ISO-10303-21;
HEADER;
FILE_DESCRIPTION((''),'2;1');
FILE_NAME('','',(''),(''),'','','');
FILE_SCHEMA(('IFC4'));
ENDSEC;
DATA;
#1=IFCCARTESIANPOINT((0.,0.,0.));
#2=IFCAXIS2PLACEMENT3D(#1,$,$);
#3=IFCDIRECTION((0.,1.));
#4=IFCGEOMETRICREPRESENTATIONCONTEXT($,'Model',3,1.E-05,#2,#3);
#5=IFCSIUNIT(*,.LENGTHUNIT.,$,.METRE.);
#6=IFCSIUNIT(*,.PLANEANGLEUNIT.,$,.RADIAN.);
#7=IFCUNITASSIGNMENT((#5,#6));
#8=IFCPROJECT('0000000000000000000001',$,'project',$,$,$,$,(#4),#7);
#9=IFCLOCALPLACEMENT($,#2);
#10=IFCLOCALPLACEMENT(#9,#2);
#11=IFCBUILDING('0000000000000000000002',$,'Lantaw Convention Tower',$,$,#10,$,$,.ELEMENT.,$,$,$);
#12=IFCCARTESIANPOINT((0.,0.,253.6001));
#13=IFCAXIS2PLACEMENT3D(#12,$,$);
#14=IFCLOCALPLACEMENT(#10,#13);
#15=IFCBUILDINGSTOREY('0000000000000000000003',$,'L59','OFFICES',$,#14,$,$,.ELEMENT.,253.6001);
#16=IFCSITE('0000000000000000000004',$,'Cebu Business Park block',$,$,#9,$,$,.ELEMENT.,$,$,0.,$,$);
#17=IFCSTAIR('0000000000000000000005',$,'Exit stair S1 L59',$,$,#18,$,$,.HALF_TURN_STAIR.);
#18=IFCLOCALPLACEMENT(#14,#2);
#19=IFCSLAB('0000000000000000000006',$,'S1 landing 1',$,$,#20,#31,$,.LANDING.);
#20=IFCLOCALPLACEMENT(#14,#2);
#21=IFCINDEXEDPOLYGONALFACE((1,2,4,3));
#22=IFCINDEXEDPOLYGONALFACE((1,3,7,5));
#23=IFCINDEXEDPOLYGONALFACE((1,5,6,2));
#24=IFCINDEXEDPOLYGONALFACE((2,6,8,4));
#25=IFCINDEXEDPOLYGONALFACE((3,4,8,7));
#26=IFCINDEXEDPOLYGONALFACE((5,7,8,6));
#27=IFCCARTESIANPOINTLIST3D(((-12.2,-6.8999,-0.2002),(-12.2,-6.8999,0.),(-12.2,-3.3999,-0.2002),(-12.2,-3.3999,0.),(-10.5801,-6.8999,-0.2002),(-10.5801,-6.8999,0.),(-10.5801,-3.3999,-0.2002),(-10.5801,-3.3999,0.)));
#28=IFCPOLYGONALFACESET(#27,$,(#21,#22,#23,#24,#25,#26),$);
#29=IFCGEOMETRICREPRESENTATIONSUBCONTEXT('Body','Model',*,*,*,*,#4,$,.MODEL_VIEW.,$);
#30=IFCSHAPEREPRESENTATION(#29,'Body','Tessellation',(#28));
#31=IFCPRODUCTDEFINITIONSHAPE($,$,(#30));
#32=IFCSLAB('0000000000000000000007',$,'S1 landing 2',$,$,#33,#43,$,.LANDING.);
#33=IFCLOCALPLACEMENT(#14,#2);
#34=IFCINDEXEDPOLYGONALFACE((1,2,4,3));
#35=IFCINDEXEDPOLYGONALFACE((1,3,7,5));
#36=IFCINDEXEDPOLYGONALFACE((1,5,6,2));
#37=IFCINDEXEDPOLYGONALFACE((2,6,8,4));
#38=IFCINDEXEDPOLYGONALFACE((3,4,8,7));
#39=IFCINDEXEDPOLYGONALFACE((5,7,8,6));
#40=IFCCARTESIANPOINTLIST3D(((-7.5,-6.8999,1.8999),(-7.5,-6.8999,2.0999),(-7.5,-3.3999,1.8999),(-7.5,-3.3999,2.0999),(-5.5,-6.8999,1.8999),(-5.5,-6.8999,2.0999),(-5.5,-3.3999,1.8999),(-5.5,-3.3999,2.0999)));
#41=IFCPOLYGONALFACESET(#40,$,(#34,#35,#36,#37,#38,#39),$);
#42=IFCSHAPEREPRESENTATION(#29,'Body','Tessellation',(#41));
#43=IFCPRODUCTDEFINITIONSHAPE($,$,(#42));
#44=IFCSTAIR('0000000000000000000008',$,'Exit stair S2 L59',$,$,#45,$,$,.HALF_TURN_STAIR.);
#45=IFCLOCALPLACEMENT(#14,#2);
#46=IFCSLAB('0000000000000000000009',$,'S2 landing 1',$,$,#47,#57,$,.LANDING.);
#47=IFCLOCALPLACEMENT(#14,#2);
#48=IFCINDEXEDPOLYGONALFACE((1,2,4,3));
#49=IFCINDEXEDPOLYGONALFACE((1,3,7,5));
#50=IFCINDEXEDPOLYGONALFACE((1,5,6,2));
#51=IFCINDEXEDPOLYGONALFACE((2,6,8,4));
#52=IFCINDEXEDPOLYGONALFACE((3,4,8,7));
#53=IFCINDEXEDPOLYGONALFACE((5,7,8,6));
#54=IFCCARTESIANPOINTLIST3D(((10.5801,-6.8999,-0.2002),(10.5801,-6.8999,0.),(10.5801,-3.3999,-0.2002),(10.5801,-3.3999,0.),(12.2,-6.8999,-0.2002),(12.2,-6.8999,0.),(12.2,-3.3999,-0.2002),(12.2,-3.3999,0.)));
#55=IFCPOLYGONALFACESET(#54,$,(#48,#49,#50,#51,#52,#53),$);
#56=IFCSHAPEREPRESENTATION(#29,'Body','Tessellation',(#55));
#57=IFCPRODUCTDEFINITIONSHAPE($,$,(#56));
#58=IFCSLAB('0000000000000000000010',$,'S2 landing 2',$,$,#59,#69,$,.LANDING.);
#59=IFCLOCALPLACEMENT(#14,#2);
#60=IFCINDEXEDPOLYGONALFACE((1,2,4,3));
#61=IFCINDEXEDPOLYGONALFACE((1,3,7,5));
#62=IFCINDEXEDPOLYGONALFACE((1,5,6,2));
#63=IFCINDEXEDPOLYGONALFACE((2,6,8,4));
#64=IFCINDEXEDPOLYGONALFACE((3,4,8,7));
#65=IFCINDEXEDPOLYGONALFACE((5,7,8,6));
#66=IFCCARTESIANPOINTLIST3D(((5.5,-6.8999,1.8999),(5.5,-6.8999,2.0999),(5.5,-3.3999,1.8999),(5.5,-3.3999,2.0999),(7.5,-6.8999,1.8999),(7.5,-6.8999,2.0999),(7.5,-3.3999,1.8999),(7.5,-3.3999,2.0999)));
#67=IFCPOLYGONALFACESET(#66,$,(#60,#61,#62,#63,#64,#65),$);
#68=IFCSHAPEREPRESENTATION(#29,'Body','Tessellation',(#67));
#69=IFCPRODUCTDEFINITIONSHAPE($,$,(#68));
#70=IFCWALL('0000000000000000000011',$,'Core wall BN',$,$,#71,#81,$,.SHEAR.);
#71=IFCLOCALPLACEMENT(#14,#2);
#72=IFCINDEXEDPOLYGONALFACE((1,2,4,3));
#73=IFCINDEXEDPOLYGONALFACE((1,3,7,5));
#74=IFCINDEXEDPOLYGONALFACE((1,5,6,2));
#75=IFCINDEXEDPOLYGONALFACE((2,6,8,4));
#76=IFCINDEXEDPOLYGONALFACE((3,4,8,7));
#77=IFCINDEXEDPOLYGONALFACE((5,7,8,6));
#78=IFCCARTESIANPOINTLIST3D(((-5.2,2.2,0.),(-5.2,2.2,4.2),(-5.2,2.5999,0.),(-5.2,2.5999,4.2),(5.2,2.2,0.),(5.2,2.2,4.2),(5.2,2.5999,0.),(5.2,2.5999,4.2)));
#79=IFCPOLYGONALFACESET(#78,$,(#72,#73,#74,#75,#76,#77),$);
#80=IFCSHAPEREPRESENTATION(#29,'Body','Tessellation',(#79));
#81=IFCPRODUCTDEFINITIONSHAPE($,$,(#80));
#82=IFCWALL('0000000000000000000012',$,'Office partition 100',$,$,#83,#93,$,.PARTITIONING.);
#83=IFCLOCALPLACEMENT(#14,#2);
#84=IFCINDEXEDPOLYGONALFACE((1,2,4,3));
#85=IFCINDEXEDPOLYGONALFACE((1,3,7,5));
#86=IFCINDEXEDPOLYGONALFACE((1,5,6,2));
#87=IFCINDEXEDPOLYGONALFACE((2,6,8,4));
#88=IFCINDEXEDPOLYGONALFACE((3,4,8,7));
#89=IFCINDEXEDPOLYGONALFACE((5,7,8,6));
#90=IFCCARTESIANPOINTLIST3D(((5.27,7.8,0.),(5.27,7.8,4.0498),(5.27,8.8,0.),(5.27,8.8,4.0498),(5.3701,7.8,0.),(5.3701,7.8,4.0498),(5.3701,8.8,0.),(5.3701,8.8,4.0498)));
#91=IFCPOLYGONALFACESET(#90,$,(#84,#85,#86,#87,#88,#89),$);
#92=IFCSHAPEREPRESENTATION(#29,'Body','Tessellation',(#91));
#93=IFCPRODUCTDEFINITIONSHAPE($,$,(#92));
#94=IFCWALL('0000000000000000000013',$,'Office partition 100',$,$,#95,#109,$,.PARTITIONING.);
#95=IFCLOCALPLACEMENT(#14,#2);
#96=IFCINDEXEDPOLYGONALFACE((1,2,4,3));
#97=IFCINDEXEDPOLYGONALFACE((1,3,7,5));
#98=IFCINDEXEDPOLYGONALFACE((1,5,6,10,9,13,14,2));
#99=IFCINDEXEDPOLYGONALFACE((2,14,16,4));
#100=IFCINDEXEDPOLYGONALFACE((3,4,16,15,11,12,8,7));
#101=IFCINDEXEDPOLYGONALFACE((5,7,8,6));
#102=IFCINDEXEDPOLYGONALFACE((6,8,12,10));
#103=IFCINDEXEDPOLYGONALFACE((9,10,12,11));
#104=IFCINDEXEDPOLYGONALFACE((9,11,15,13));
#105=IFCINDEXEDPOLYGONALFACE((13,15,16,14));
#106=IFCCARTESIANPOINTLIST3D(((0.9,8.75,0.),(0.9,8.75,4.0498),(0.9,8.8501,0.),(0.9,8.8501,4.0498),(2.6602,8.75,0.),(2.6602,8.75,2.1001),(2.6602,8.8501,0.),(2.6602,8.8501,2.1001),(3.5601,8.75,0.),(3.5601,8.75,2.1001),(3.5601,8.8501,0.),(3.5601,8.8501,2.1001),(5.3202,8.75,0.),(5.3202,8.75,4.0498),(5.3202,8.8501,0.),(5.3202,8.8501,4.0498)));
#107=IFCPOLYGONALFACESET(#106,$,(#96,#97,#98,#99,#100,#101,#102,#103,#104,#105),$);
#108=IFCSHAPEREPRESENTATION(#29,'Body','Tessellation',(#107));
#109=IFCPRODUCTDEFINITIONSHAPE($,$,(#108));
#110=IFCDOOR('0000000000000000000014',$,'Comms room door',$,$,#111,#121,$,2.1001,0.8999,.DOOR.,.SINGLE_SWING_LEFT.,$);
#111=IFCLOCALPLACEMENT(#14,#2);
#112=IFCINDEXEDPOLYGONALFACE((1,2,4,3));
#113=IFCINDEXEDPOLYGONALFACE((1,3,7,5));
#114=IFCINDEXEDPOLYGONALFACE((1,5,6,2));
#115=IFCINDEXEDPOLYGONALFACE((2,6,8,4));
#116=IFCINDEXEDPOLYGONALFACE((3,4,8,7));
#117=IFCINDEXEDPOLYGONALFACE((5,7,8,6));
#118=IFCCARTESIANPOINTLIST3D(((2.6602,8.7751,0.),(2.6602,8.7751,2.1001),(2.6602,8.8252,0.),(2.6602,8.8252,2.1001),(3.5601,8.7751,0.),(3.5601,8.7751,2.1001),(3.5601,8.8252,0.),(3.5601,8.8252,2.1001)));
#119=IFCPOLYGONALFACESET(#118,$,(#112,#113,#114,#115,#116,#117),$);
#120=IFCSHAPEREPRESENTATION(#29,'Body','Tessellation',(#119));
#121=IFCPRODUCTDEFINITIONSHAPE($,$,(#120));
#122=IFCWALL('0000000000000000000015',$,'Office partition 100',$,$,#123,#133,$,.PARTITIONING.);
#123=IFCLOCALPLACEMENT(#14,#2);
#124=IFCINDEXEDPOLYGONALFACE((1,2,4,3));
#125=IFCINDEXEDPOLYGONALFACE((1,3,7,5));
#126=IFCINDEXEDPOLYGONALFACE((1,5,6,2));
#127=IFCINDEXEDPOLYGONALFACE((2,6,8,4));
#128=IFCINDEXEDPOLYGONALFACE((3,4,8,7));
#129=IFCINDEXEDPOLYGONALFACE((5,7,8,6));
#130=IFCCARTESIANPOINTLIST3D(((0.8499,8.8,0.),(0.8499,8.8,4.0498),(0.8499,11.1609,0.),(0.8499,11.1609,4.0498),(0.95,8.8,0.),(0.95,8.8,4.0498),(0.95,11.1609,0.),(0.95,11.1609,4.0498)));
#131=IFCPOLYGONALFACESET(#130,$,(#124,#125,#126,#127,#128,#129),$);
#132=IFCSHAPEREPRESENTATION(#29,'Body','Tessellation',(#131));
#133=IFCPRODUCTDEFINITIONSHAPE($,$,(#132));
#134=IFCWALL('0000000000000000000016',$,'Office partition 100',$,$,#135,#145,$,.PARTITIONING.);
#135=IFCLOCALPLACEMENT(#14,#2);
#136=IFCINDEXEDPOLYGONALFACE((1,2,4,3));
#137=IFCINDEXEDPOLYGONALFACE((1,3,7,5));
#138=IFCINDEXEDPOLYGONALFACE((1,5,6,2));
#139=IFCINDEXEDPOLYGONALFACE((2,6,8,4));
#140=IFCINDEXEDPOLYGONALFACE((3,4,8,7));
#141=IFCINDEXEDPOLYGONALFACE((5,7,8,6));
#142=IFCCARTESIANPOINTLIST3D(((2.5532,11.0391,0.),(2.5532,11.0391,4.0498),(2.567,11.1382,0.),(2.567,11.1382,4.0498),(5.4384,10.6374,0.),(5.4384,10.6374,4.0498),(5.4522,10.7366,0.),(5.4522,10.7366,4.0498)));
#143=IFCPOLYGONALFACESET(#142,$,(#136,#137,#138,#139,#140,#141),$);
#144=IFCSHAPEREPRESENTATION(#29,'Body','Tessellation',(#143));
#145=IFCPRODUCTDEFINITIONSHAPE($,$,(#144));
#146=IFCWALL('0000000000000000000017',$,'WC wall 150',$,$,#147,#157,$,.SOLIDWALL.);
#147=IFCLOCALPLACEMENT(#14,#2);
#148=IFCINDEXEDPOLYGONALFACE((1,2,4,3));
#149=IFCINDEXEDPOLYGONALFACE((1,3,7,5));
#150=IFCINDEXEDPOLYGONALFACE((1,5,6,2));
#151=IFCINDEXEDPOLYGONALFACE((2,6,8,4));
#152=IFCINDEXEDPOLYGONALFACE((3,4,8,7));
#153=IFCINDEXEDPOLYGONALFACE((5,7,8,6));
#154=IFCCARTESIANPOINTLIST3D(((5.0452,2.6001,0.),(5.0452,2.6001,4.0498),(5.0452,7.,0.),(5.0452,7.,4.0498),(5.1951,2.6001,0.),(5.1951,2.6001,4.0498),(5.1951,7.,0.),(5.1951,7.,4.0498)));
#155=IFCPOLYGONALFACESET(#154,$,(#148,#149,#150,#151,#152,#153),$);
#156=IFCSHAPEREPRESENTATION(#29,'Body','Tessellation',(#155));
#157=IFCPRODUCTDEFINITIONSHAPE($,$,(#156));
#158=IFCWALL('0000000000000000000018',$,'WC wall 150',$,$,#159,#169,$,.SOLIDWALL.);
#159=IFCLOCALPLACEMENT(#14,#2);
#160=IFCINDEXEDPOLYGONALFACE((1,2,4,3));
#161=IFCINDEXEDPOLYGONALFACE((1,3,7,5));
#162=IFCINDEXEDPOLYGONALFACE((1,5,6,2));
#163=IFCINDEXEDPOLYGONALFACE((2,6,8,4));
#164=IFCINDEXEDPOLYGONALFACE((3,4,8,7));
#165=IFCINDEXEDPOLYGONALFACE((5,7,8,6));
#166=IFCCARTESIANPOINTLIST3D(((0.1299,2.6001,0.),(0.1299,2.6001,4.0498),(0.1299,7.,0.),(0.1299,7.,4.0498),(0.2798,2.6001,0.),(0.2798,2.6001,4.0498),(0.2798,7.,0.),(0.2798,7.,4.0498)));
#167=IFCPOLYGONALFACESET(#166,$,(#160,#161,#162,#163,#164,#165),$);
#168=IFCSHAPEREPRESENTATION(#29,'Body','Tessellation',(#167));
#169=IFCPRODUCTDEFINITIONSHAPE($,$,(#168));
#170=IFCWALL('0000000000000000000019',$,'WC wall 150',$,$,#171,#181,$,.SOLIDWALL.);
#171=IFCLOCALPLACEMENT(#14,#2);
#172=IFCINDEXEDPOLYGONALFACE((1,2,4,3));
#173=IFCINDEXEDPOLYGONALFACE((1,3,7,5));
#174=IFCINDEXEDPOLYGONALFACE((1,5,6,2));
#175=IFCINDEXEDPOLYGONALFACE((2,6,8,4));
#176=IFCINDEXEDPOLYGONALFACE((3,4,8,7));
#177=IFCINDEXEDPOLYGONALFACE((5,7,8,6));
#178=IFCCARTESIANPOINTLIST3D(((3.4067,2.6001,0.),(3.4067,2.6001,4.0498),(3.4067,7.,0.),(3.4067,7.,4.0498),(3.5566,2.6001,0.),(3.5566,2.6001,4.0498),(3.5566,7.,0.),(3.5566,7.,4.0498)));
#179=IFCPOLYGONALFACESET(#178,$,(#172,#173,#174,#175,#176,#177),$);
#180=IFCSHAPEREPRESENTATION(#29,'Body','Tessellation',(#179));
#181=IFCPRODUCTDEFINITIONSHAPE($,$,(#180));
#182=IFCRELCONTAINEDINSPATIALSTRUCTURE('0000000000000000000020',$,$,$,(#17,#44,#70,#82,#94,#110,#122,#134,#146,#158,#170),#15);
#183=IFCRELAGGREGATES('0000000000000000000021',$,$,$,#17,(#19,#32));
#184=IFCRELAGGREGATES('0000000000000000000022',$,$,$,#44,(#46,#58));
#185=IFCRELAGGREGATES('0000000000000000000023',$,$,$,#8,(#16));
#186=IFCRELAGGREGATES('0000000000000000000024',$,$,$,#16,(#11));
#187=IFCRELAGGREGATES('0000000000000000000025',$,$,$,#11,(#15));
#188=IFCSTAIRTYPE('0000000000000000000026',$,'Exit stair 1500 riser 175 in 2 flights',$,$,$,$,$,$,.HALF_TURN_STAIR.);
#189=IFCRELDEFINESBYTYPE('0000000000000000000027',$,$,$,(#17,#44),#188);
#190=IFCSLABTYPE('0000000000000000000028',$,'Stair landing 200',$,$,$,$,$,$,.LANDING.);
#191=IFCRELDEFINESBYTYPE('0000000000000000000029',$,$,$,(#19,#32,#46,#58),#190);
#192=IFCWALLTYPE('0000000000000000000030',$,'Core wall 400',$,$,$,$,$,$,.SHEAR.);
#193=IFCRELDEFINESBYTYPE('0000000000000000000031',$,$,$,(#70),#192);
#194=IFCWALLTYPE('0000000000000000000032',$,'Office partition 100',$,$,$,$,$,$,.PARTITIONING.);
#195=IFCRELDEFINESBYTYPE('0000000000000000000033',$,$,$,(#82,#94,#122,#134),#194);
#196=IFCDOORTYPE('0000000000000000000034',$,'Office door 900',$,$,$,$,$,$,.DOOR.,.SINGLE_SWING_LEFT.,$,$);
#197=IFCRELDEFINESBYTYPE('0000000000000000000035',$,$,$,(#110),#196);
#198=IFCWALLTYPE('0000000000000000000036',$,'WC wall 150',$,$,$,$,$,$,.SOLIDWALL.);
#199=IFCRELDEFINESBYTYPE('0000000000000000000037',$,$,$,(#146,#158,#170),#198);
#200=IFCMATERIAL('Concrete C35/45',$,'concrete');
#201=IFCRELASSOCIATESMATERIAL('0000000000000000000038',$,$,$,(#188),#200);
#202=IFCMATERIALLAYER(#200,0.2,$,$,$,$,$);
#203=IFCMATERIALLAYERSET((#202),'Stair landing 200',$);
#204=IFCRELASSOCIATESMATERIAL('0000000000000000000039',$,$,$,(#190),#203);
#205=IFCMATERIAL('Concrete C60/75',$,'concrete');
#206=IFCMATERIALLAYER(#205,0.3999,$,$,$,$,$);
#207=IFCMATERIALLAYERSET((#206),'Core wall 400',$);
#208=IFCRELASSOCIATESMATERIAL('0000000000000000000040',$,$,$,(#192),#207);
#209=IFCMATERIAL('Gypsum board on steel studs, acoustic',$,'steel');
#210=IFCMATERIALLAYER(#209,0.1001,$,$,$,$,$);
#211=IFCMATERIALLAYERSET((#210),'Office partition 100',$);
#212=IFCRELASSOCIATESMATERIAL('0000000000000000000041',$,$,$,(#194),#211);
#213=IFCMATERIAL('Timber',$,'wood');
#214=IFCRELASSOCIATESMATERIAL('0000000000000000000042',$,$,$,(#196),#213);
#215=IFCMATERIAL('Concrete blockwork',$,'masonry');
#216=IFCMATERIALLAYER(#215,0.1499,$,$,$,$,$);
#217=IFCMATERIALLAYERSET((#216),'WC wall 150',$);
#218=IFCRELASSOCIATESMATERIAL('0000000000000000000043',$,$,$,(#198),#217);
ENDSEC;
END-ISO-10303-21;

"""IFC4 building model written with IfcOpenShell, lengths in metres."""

from ifc_helpers import new_model, si_unit, direction, frame, frame_2d, origin, place, context, subcontext, project, spatial, polyline, rectangle, outline, extrude, material, layer, layer_set, type_object, element, fill, aggregate, save


model = new_model("IFC4")

# Units and contexts
model_context = context("Model", 3, precision=1e-05, world=origin(), true_north=direction((0.0, 1.0)))
body_context = subcontext(model_context, "Body", "Model", "MODEL_VIEW")
ifc_project = project(units=[si_unit("LENGTHUNIT", "METRE"), si_unit("PLANEANGLEUNIT", "RADIAN")], contexts=[model_context])

# Site, building, storey
site_placement = place(None, origin())
site = spatial("IfcSite", under=ifc_project, at=site_placement, Name="Cebu Business Park block", CompositionType="ELEMENT", RefElevation=0.0)
building_placement = place(site_placement, origin())
building = spatial("IfcBuilding", under=site, at=building_placement, Name="Lantaw Convention Tower", CompositionType="ELEMENT")
storey_placement = place(building_placement, frame((0.0, 0.0, 253.6001)))
storey = spatial("IfcBuildingStorey", under=building, at=storey_placement, Name="L59", Description="OFFICES", CompositionType="ELEMENT", Elevation=253.6001)

# Stairs, slabs
ifc_material_1 = material(Name="Concrete C35/45", Category="concrete")
stair_type = type_object("IfcStairType", Name="Exit stair 1500 riser 175 in 2 flights", PredefinedType="HALF_TURN_STAIR", material=ifc_material_1)
stair_1_placement = place(storey_placement, origin())
stair_1 = element("IfcStair", 1, at=stair_1_placement, inside=storey, type_object=stair_type, Name="Exit stair S1 L59", PredefinedType="HALF_TURN_STAIR")
ifc_layer_1 = layer(ifc_material_1, 0.2)
ifc_layer_set_1 = layer_set([ifc_layer_1], Name="Stair landing 200")
slab_type = type_object("IfcSlabType", Name="Stair landing 200", PredefinedType="LANDING", material=ifc_layer_set_1)
slab_1_placement = place(storey_placement, frame((0.0, 0.0, -0.2002)))
slab_1 = element("IfcSlab", 2, at=slab_1_placement, type_object=slab_type, Name="S1 landing 1", PredefinedType="LANDING", context=body_context, shape_type="SweptSolid", body=[
    extrude(outline(polyline([(-12.2, -6.8999), (-10.5801, -6.8999), (-10.5801, -3.3999), (-12.2, -3.3999), (-12.2, -6.8999)])), origin(), (0.0, 0.0, 1.0), 0.2002),
])
slab_2_placement = place(storey_placement, frame((0.0, 0.0, 1.8999)))
slab_2 = element("IfcSlab", 3, at=slab_2_placement, type_object=slab_type, Name="S1 landing 2", PredefinedType="LANDING", context=body_context, shape_type="SweptSolid", body=[
    extrude(outline(polyline([(-7.5, -6.8999), (-5.5, -6.8999), (-5.5, -3.3999), (-7.5, -3.3999), (-7.5, -6.8999)])), origin(), (0.0, 0.0, 1.0), 0.2),
])
aggregate(stair_1, [slab_1, slab_2])
stair_2_placement = place(storey_placement, origin())
stair_2 = element("IfcStair", 4, at=stair_2_placement, inside=storey, type_object=stair_type, Name="Exit stair S2 L59", PredefinedType="HALF_TURN_STAIR")
slab_3_placement = place(storey_placement, frame((0.0, 0.0, -0.2002)))
slab_3 = element("IfcSlab", 5, at=slab_3_placement, type_object=slab_type, Name="S2 landing 1", PredefinedType="LANDING", context=body_context, shape_type="SweptSolid", body=[
    extrude(outline(polyline([(10.5801, -6.8999), (12.2, -6.8999), (12.2, -3.3999), (10.5801, -3.3999), (10.5801, -6.8999)])), origin(), (0.0, 0.0, 1.0), 0.2002),
])
slab_4_placement = place(storey_placement, frame((0.0, 0.0, 1.8999)))
slab_4 = element("IfcSlab", 6, at=slab_4_placement, type_object=slab_type, Name="S2 landing 2", PredefinedType="LANDING", context=body_context, shape_type="SweptSolid", body=[
    extrude(outline(polyline([(5.5, -6.8999), (7.5, -6.8999), (7.5, -3.3999), (5.5, -3.3999), (5.5, -6.8999)])), origin(), (0.0, 0.0, 1.0), 0.2),
])
aggregate(stair_2, [slab_3, slab_4])

# Walls
ifc_material_2 = material(Name="Concrete C60/75", Category="concrete")
ifc_layer_2 = layer(ifc_material_2, 0.3999)
ifc_layer_set_2 = layer_set([ifc_layer_2], Name="Core wall 400")
wall_type_1 = type_object("IfcWallType", Name="Core wall 400", PredefinedType="SHEAR", material=ifc_layer_set_2)
wall_1_placement = place(storey_placement, frame((5.2, 2.3999, 0.0), z_axis=(0.0, 0.0, 1.0), x_axis=(-1.0, 0.0, 0.0)))
element("IfcWall", 7, at=wall_1_placement, inside=storey, type_object=wall_type_1, Name="Core wall BN", PredefinedType="SHEAR", context=body_context, shape_type="SweptSolid", body=[
    extrude(rectangle(XDim=10.3999, YDim=0.3999, at=frame_2d((5.2, 0.0))), origin(), (0.0, 0.0, 1.0), 4.2),
])
ifc_material_3 = material(Name="Gypsum board on steel studs, acoustic", Category="steel")
ifc_layer_3 = layer(ifc_material_3, 0.1001)
ifc_layer_set_3 = layer_set([ifc_layer_3], Name="Office partition 100")
wall_type_2 = type_object("IfcWallType", Name="Office partition 100", PredefinedType="PARTITIONING", material=ifc_layer_set_3)
wall_2_placement = place(storey_placement, frame((5.3201, 7.8, 0.0), z_axis=(0.0, 0.0, 1.0), x_axis=(0.0, 1.0, 0.0)))
element("IfcWall", 8, at=wall_2_placement, inside=storey, type_object=wall_type_2, Name="Office partition 100", PredefinedType="PARTITIONING", context=body_context, shape_type="SweptSolid", body=[
    extrude(rectangle(XDim=1.0, YDim=0.1001, at=frame_2d((0.5, 0.0))), origin(), (0.0, 0.0, 1.0), 4.0498),
])

# Wall, opening, door
wall_3_placement = place(storey_placement, frame((5.3201, 8.8, 0.0), z_axis=(0.0, 0.0, 1.0), x_axis=(-1.0, 0.0, 0.0)))
wall_3 = element("IfcWall", 9, at=wall_3_placement, inside=storey, type_object=wall_type_2, Name="Office partition 100", PredefinedType="PARTITIONING", context=body_context, shape_type="SweptSolid", body=[
    extrude(rectangle(XDim=4.4202, YDim=0.1001, at=frame_2d((2.21, 0.0))), origin(), (0.0, 0.0, 1.0), 4.0498),
])
opening_placement = place(wall_3_placement, frame((1.76, 0.0, 0.0)))
opening = element("IfcOpeningElement", 10, at=opening_placement, cuts=wall_3, PredefinedType="OPENING", context=body_context, shape_type="SweptSolid", body=[
    extrude(rectangle(XDim=0.8999, YDim=2.1001, at=frame_2d((0.45, 1.05))), frame((0.0, 0.0601, 0.0), z_axis=(0.0, -1.0, 0.0), x_axis=(1.0, 0.0, 0.0)), (0.0, 0.0, 1.0), 0.1201),
])
ifc_material_4 = material(Name="Timber", Category="wood")
door_type = type_object("IfcDoorType", Name="Office door 900", OperationType="SINGLE_SWING_LEFT", PredefinedType="DOOR", material=ifc_material_4)
door_placement = place(opening_placement, origin())
door = element("IfcDoor", 11, at=door_placement, inside=storey, type_object=door_type, Name="Comms room door", OperationType="SINGLE_SWING_LEFT", OverallHeight=2.1001, OverallWidth=0.8999, PredefinedType="DOOR", context=body_context, shape_type="SweptSolid", body=[
    extrude(rectangle(XDim=0.8999, YDim=2.1001, at=frame_2d((0.45, 1.05))), frame((0.0, 0.0249, 0.0), z_axis=(0.0, -1.0, 0.0), x_axis=(1.0, 0.0, 0.0)), (0.0, 0.0, 1.0), 0.05),
])
fill(opening, door)

# Walls
wall_4_placement = place(storey_placement, frame((0.8999, 8.8, 0.0), z_axis=(0.0, 0.0, 1.0), x_axis=(0.0, 1.0, 0.0)))
element("IfcWall", 12, at=wall_4_placement, inside=storey, type_object=wall_type_2, Name="Office partition 100", PredefinedType="PARTITIONING", context=body_context, shape_type="SweptSolid", body=[
    extrude(rectangle(XDim=2.3608, YDim=0.1001, at=frame_2d((1.1804, 0.0))), origin(), (0.0, 0.0, 1.0), 4.0498),
])
wall_5_placement = place(storey_placement, frame((2.5601, 11.0886, 0.0), z_axis=(0.0, 0.0, 1.0), x_axis=(0.990451, -0.137865, 0.0)))
element("IfcWall", 13, at=wall_5_placement, inside=storey, type_object=wall_type_2, Name="Office partition 100", PredefinedType="PARTITIONING", context=body_context, shape_type="SweptSolid", body=[
    extrude(rectangle(XDim=2.9131, YDim=0.1001, at=frame_2d((1.4565, 0.0))), origin(), (0.0, 0.0, 1.0), 4.0498),
])
ifc_material_5 = material(Name="Concrete blockwork", Category="masonry")
ifc_layer_4 = layer(ifc_material_5, 0.1499)
ifc_layer_set_4 = layer_set([ifc_layer_4], Name="WC wall 150")
wall_type_3 = type_object("IfcWallType", Name="WC wall 150", PredefinedType="SOLIDWALL", material=ifc_layer_set_4)
for number, where, z_axis, x_axis, name in (
    (14, (5.1201, 2.6001, 0.0), (0.0, 0.0, 1.0), (0.0, 1.0, 0.0), "WC wall 150"),
    (15, (0.2048, 2.6001, 0.0), (0.0, 0.0, 1.0), (0.0, 1.0, 0.0), "WC wall 150"),
    (16, (3.4817, 2.6001, 0.0), (0.0, 0.0, 1.0), (0.0, 1.0, 0.0), "WC wall 150"),
):
    element("IfcWall", number, at=place(storey_placement, frame(where, z_axis=z_axis, x_axis=x_axis)), inside=storey, type_object=wall_type_3, Name=name, PredefinedType="SOLIDWALL", context=body_context, shape_type="SweptSolid", body=[
        extrude(rectangle(XDim=4.3999, YDim=0.1499, at=frame_2d((2.2, 0.0))), origin(), (0.0, 0.0, 1.0), 4.0498),
    ])

save(model, "model.ifc")
